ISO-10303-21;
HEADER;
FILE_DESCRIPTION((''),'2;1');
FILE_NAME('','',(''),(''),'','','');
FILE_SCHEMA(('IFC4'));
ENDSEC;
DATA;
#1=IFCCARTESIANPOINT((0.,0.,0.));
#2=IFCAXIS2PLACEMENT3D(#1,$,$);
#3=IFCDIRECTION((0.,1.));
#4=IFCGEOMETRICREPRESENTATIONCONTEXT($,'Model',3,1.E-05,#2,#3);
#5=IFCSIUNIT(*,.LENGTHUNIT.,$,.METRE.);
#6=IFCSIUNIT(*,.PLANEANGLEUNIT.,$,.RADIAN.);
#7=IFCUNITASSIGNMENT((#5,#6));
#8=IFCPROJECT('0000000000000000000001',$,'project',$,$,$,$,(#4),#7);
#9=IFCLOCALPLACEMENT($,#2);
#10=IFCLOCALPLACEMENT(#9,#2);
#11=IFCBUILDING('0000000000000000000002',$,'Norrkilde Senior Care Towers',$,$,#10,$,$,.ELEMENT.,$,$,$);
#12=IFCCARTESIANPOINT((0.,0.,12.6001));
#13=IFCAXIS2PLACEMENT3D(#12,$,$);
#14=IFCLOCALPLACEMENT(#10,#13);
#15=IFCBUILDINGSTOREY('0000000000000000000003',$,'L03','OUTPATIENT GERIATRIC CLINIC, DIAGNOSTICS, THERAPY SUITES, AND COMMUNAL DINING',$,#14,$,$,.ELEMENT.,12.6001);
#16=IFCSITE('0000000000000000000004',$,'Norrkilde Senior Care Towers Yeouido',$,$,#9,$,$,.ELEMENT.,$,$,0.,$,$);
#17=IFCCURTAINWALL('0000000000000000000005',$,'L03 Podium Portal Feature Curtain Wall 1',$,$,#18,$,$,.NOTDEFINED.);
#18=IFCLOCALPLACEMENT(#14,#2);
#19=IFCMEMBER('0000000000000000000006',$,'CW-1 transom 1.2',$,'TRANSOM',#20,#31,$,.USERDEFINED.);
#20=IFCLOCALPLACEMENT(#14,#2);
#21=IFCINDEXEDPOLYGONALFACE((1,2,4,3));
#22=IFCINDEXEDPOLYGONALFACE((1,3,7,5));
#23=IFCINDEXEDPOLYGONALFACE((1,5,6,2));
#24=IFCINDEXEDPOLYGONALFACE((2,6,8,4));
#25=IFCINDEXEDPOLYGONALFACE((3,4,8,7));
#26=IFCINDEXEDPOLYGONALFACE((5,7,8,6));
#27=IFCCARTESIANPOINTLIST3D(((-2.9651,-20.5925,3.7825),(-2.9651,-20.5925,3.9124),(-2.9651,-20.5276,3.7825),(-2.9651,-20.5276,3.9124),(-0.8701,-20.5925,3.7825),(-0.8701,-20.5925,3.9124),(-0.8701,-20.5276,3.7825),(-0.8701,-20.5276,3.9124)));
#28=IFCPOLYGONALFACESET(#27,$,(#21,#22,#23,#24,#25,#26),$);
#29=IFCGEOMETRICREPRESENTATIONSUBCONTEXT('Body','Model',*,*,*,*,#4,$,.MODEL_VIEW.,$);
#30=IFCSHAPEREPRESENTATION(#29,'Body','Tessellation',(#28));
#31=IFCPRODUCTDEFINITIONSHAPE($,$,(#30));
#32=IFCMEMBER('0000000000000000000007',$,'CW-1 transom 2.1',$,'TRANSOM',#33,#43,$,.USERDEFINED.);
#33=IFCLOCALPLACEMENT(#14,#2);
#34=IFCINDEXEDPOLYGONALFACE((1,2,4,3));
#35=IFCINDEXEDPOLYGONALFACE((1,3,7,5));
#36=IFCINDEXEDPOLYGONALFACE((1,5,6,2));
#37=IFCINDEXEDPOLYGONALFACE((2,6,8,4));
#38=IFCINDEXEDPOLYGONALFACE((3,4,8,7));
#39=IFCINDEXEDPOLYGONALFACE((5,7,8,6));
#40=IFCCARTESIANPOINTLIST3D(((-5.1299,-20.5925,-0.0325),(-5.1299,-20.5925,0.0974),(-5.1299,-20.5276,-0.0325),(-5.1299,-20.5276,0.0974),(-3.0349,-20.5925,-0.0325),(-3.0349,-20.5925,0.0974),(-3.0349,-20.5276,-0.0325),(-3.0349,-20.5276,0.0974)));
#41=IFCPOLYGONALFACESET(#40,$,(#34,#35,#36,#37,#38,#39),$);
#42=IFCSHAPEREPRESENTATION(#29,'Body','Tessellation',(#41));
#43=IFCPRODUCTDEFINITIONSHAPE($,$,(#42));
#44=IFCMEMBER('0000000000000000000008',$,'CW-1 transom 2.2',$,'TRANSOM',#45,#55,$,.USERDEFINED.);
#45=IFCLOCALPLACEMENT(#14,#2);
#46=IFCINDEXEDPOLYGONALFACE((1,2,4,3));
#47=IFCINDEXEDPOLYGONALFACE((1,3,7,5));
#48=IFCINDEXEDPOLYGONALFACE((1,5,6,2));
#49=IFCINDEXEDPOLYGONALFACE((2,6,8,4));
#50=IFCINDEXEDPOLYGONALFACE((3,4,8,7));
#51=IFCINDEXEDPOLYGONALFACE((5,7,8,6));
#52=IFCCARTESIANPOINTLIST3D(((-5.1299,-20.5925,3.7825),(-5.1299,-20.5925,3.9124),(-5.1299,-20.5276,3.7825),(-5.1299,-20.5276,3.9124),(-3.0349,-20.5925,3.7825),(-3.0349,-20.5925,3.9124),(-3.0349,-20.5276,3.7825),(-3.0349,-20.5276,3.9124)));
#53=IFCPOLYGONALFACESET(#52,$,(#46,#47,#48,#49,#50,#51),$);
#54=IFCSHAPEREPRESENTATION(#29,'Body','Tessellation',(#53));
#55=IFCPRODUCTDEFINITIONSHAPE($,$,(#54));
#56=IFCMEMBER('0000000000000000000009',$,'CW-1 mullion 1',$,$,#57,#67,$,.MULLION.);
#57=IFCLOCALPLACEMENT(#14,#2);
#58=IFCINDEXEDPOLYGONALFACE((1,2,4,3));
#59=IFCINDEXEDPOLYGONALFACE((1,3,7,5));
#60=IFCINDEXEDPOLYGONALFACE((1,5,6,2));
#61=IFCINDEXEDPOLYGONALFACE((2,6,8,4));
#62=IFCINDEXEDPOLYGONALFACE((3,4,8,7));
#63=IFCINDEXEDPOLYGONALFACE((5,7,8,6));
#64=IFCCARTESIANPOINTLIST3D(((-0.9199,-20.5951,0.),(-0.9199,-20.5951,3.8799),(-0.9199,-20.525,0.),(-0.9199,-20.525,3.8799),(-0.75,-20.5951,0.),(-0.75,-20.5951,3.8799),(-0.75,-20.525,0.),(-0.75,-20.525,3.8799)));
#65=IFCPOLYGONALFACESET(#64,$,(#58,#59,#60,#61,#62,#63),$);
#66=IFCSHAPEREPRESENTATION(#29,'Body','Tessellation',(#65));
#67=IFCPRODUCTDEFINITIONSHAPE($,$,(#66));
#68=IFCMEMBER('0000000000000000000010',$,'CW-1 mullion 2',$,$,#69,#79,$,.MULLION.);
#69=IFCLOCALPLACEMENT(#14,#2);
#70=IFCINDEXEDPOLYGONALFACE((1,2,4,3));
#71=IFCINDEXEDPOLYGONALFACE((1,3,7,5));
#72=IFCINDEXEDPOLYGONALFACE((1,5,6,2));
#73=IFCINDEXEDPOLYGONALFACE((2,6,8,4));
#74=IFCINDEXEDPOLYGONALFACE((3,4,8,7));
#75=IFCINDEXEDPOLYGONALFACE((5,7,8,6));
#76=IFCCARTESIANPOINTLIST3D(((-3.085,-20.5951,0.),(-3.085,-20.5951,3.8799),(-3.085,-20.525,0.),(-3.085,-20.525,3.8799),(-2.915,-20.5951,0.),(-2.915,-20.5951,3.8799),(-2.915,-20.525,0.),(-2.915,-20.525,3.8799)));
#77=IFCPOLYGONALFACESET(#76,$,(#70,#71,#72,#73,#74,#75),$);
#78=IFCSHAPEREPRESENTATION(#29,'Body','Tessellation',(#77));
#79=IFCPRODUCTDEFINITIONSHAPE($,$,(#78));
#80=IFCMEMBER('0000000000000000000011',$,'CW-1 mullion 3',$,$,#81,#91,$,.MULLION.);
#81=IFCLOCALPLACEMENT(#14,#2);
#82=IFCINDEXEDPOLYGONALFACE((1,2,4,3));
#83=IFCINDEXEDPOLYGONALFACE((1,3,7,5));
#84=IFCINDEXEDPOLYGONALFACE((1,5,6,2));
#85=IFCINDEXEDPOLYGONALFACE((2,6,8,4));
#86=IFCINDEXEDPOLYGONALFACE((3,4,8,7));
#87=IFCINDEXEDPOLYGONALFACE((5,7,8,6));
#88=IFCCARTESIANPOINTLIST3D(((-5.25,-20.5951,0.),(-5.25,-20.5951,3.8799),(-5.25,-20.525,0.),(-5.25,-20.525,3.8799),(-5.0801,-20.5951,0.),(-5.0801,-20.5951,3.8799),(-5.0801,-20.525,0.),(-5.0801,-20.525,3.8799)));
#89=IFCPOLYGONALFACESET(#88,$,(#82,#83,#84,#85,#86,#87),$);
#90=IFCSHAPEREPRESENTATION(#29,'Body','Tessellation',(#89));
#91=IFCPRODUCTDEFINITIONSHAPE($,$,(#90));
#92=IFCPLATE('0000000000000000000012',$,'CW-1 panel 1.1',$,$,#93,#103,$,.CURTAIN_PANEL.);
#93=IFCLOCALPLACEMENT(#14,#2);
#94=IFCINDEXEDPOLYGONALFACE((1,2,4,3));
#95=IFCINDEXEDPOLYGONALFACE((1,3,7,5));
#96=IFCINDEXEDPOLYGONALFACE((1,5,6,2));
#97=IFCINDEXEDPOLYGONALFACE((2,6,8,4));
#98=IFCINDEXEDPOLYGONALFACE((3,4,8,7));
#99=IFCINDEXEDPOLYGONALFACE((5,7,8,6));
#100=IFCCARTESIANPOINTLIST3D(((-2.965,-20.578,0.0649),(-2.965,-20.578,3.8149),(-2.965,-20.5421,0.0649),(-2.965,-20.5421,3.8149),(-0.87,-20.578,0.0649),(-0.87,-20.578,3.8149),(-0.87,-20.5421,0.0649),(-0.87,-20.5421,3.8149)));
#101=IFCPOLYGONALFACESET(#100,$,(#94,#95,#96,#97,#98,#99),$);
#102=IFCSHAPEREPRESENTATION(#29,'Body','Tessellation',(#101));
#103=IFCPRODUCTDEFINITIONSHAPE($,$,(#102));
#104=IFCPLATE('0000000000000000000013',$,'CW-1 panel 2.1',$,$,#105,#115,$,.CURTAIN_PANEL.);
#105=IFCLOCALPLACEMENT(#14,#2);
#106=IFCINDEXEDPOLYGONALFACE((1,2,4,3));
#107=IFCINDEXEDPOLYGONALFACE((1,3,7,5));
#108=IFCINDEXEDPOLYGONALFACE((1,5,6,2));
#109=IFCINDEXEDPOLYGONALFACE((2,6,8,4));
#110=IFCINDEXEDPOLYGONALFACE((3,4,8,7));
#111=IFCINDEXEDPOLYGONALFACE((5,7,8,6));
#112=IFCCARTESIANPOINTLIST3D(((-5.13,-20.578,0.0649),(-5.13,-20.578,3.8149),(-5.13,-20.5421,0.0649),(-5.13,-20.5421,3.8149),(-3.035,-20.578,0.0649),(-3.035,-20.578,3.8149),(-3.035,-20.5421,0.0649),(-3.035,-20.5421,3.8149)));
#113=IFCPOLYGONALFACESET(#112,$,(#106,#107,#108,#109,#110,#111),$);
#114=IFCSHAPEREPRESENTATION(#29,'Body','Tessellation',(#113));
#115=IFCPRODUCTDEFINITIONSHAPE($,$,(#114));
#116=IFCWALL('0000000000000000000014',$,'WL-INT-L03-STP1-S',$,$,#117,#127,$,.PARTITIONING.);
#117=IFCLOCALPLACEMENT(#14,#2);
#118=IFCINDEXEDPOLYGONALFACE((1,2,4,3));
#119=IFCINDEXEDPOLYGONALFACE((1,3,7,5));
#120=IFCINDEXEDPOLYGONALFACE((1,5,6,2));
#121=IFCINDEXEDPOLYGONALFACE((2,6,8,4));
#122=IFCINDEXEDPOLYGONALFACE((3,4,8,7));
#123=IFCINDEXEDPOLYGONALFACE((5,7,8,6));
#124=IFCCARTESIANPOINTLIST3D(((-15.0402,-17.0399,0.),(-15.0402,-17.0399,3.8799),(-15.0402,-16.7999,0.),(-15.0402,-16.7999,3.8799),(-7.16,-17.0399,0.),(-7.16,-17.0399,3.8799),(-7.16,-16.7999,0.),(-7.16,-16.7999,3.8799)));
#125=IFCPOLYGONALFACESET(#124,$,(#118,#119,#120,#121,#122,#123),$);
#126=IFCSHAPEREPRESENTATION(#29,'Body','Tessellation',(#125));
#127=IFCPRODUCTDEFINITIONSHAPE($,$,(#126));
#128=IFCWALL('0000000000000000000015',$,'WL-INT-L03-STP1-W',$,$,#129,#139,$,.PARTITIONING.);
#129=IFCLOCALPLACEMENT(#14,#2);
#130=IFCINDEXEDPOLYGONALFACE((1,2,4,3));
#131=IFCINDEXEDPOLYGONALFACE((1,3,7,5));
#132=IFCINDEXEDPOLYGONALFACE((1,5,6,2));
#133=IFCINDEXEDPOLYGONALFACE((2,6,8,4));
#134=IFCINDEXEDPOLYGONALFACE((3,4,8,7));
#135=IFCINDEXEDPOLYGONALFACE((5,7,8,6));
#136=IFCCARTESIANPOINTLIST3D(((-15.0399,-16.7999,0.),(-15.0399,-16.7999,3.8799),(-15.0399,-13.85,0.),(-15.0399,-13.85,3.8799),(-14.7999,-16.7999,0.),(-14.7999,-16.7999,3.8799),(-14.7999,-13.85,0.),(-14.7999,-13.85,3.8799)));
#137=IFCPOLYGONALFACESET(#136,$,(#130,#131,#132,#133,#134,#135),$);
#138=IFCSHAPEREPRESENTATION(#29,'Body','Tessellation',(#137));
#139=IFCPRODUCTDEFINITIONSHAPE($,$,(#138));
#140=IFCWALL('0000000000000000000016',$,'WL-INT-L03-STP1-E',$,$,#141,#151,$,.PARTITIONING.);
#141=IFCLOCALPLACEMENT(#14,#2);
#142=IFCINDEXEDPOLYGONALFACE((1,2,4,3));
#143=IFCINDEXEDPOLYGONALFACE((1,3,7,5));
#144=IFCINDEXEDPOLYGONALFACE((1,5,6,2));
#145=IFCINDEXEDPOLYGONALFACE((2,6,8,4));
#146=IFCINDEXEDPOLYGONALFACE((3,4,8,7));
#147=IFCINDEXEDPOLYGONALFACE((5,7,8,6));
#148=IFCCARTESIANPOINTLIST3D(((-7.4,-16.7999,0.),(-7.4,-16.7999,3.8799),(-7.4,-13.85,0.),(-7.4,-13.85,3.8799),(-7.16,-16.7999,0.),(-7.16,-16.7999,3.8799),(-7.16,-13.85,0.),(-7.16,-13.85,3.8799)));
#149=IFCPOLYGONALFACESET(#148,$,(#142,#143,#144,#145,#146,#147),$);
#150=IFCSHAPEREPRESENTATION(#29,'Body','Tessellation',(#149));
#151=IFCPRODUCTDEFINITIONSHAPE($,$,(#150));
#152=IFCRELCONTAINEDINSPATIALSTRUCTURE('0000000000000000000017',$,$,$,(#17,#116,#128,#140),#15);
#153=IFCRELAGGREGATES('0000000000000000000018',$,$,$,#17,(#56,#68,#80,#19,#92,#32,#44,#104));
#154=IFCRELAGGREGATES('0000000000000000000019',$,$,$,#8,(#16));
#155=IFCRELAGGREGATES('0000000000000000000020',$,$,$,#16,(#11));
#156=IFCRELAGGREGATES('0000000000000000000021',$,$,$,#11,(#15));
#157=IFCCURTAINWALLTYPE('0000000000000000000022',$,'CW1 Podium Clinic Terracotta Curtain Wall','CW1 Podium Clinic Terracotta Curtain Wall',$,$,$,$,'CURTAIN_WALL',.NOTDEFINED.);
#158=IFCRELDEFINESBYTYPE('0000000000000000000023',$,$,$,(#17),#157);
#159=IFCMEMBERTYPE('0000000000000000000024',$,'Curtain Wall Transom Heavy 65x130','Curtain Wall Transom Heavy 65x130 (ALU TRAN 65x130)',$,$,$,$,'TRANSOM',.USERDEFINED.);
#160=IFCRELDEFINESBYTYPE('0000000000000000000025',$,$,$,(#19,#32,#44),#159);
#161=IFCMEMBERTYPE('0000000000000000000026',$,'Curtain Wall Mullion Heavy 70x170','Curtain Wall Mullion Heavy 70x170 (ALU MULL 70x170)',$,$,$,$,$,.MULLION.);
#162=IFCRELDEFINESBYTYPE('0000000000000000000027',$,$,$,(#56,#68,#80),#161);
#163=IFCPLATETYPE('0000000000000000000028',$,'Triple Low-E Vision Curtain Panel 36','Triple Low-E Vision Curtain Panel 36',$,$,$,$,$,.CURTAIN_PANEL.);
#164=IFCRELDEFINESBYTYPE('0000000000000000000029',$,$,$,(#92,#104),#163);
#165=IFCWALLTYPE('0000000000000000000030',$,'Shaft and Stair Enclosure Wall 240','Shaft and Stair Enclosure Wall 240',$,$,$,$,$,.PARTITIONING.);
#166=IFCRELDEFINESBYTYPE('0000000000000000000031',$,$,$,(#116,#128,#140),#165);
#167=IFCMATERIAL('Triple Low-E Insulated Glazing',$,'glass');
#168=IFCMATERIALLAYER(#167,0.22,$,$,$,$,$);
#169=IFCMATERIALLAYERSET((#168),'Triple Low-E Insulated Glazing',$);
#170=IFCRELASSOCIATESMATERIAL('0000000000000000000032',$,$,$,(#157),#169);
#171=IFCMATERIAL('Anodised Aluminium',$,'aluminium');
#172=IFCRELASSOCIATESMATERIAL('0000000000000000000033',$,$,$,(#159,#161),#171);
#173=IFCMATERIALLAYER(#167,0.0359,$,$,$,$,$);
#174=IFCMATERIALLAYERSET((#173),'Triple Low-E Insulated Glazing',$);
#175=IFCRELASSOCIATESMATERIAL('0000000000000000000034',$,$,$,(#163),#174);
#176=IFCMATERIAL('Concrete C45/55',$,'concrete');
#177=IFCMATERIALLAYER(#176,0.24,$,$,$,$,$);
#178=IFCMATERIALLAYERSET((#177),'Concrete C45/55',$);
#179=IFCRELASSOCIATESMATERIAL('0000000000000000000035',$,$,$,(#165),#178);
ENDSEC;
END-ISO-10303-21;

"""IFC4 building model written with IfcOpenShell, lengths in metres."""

from ifc_helpers import new_model, si_unit, direction, frame, frame_2d, origin, origin_2d, place, context, subcontext, project, spatial, rectangle, extrude, source, transform, mapped, material, layer, layer_set, material_profile, profile_set, type_object, type_shapes, element, aggregate, save


model = new_model("IFC4")

# Units and contexts
model_context = context("Model", 3, precision=1e-05, world=origin(), true_north=direction((0.0, 1.0)))
body_context = subcontext(model_context, "Body", "Model", "MODEL_VIEW")
ifc_project = project(units=[si_unit("LENGTHUNIT", "METRE"), si_unit("PLANEANGLEUNIT", "RADIAN")], contexts=[model_context])

# Site, building, storey
site_placement = place(None, origin())
site = spatial("IfcSite", under=ifc_project, at=site_placement, Name="Norrkilde Senior Care Towers Yeouido", CompositionType="ELEMENT", RefElevation=0.0)
building_placement = place(site_placement, origin())
building = spatial("IfcBuilding", under=site, at=building_placement, Name="Norrkilde Senior Care Towers", CompositionType="ELEMENT")
storey_placement = place(building_placement, frame((0.0, 0.0, 12.6001)))
storey = spatial("IfcBuildingStorey", under=building, at=storey_placement, Name="L03", Description="OUTPATIENT GERIATRIC CLINIC, DIAGNOSTICS, THERAPY SUITES, AND COMMUNAL DINING", CompositionType="ELEMENT", Elevation=12.6001)

# Curtain wall, members, plates
ifc_material_1 = material(Name="Triple Low-E Insulated Glazing", Category="glass")
ifc_layer_1 = layer(ifc_material_1, 0.22)
ifc_layer_set_1 = layer_set([ifc_layer_1], Name="Triple Low-E Insulated Glazing")
curtain_wall_type = type_object("IfcCurtainWallType", Name="CW1 Podium Clinic Terracotta Curtain Wall", Description="CW1 Podium Clinic Terracotta Curtain Wall", ElementType="CURTAIN_WALL", PredefinedType="NOTDEFINED", material=ifc_layer_set_1)
curtain_wall_placement = place(storey_placement, origin())
curtain_wall = element("IfcCurtainWall", 1, at=curtain_wall_placement, inside=storey, type_object=curtain_wall_type, Name="L03 Podium Portal Feature Curtain Wall 1", PredefinedType="NOTDEFINED")
ifc_material_2 = material(Name="Anodised Aluminium", Category="aluminium")
ifc_material_profile_1 = material_profile(ifc_material_2, rectangle(XDim=0.0649, YDim=0.1299, at=origin_2d()), Name="ALU TRAN 65x130")
ifc_profile_set_1 = profile_set([ifc_material_profile_1], Name="Anodised Aluminium")
member_type_1 = type_object("IfcMemberType", Name="Curtain Wall Transom Heavy 65x130", Description="Curtain Wall Transom Heavy 65x130 (ALU TRAN 65x130)", ElementType="TRANSOM", PredefinedType="USERDEFINED", material=ifc_profile_set_1)
shared_shape_1 = source(origin(), body_context, "Body", "SweptSolid", [
    extrude(rectangle(XDim=0.0649, YDim=0.1299, at=origin_2d()), origin(), (0.0, 0.0, 1.0), 2.095),
])
type_shapes(member_type_1, [shared_shape_1])
member_1_placement = place(storey_placement, frame((-0.8701, -20.5601, 3.8474), z_axis=(-1.0, 0.0, 0.0), x_axis=(0.0, -1.0, 0.0)))
member_1 = element("IfcMember", 2, at=member_1_placement, type_object=member_type_1, Name="CW-1 transom 1.2", ObjectType="TRANSOM", PredefinedType="USERDEFINED", context=body_context, shape_type="MappedRepresentation", body=[
    mapped(shared_shape_1, transform((0.0, 0.0, 0.0), x_axis=(1.0, 0.0, 0.0), y_axis=(0.0, 1.0, 0.0), z_axis=(0.0, 0.0, 1.0), scale=1.0)),
])
member_2_placement = place(storey_placement, frame((-3.0349, -20.5601, 0.0325), z_axis=(-1.0, 0.0, 0.0), x_axis=(0.0, -1.0, 0.0)))
member_2 = element("IfcMember", 3, at=member_2_placement, type_object=member_type_1, Name="CW-1 transom 2.1", ObjectType="TRANSOM", PredefinedType="USERDEFINED", context=body_context, shape_type="MappedRepresentation", body=[
    mapped(shared_shape_1, transform((0.0, 0.0, 0.0), x_axis=(1.0, 0.0, 0.0), y_axis=(0.0, 1.0, 0.0), z_axis=(0.0, 0.0, 1.0), scale=1.0)),
])
member_3_placement = place(storey_placement, frame((-3.0349, -20.5601, 3.8474), z_axis=(-1.0, 0.0, 0.0), x_axis=(0.0, -1.0, 0.0)))
member_3 = element("IfcMember", 4, at=member_3_placement, type_object=member_type_1, Name="CW-1 transom 2.2", ObjectType="TRANSOM", PredefinedType="USERDEFINED", context=body_context, shape_type="MappedRepresentation", body=[
    mapped(shared_shape_1, transform((0.0, 0.0, 0.0), x_axis=(1.0, 0.0, 0.0), y_axis=(0.0, 1.0, 0.0), z_axis=(0.0, 0.0, 1.0), scale=1.0)),
])
ifc_material_profile_2 = material_profile(ifc_material_2, rectangle(XDim=0.0701, YDim=0.1699, at=origin_2d()), Name="ALU MULL 70x170")
ifc_profile_set_2 = profile_set([ifc_material_profile_2], Name="Anodised Aluminium")
member_type_2 = type_object("IfcMemberType", Name="Curtain Wall Mullion Heavy 70x170", Description="Curtain Wall Mullion Heavy 70x170 (ALU MULL 70x170)", PredefinedType="MULLION", material=ifc_profile_set_2)
shared_shape_2 = source(origin(), body_context, "Body", "SweptSolid", [
    extrude(rectangle(XDim=0.0701, YDim=0.1699, at=origin_2d()), origin(), (0.0, 0.0, 1.0), 3.8799),
])
type_shapes(member_type_2, [shared_shape_2])
member_4_placement = place(storey_placement, frame((-0.835, -20.5601, 0.0), z_axis=(0.0, 0.0, 1.0), x_axis=(0.0, -1.0, 0.0)))
member_4 = element("IfcMember", 5, at=member_4_placement, type_object=member_type_2, Name="CW-1 mullion 1", PredefinedType="MULLION", context=body_context, shape_type="MappedRepresentation", body=[
    mapped(shared_shape_2, transform((0.0, 0.0, 0.0), x_axis=(1.0, 0.0, 0.0), y_axis=(0.0, 1.0, 0.0), z_axis=(0.0, 0.0, 1.0), scale=1.0)),
])
member_5_placement = place(storey_placement, frame((-3.0, -20.5601, 0.0), z_axis=(0.0, 0.0, 1.0), x_axis=(0.0, -1.0, 0.0)))
member_5 = element("IfcMember", 6, at=member_5_placement, type_object=member_type_2, Name="CW-1 mullion 2", PredefinedType="MULLION", context=body_context, shape_type="MappedRepresentation", body=[
    mapped(shared_shape_2, transform((0.0, 0.0, 0.0), x_axis=(1.0, 0.0, 0.0), y_axis=(0.0, 1.0, 0.0), z_axis=(0.0, 0.0, 1.0), scale=1.0)),
])
member_6_placement = place(storey_placement, frame((-5.165, -20.5601, 0.0), z_axis=(0.0, 0.0, 1.0), x_axis=(0.0, -1.0, 0.0)))
member_6 = element("IfcMember", 7, at=member_6_placement, type_object=member_type_2, Name="CW-1 mullion 3", PredefinedType="MULLION", context=body_context, shape_type="MappedRepresentation", body=[
    mapped(shared_shape_2, transform((0.0, 0.0, 0.0), x_axis=(1.0, 0.0, 0.0), y_axis=(0.0, 1.0, 0.0), z_axis=(0.0, 0.0, 1.0), scale=1.0)),
])
ifc_layer_2 = layer(ifc_material_1, 0.0359)
ifc_layer_set_2 = layer_set([ifc_layer_2], Name="Triple Low-E Insulated Glazing")
plate_type = type_object("IfcPlateType", Name="Triple Low-E Vision Curtain Panel 36", Description="Triple Low-E Vision Curtain Panel 36", PredefinedType="CURTAIN_PANEL", material=ifc_layer_set_2)
shared_shape_3 = source(origin(), body_context, "Body", "SweptSolid", [
    extrude(rectangle(XDim=2.095, YDim=0.0359, at=origin_2d()), origin(), (0.0, 0.0, 1.0), 3.75),
])
type_shapes(plate_type, [shared_shape_3])
plate_1_placement = place(storey_placement, frame((-1.9175, -20.5601, 0.0649), z_axis=(0.0, 0.0, 1.0), x_axis=(-1.0, 0.0, 0.0)))
plate_1 = element("IfcPlate", 8, at=plate_1_placement, type_object=plate_type, Name="CW-1 panel 1.1", PredefinedType="CURTAIN_PANEL", context=body_context, shape_type="MappedRepresentation", body=[
    mapped(shared_shape_3, transform((0.0, 0.0, 0.0), x_axis=(1.0, 0.0, 0.0), y_axis=(0.0, 1.0, 0.0), z_axis=(0.0, 0.0, 1.0), scale=1.0)),
])
plate_2_placement = place(storey_placement, frame((-4.0825, -20.5601, 0.0649), z_axis=(0.0, 0.0, 1.0), x_axis=(-1.0, 0.0, 0.0)))
plate_2 = element("IfcPlate", 9, at=plate_2_placement, type_object=plate_type, Name="CW-1 panel 2.1", PredefinedType="CURTAIN_PANEL", context=body_context, shape_type="MappedRepresentation", body=[
    mapped(shared_shape_3, transform((0.0, 0.0, 0.0), x_axis=(1.0, 0.0, 0.0), y_axis=(0.0, 1.0, 0.0), z_axis=(0.0, 0.0, 1.0), scale=1.0)),
])
aggregate(curtain_wall, [member_4, member_5, member_6, member_1, plate_1, member_2, member_3, plate_2])

# Walls
ifc_material_3 = material(Name="Concrete C45/55", Category="concrete")
ifc_layer_3 = layer(ifc_material_3, 0.24)
ifc_layer_set_3 = layer_set([ifc_layer_3], Name="Concrete C45/55")
wall_type = type_object("IfcWallType", Name="Shaft and Stair Enclosure Wall 240", Description="Shaft and Stair Enclosure Wall 240", PredefinedType="PARTITIONING", material=ifc_layer_set_3)
shared_shape_4 = source(origin(), body_context, "Body", "SweptSolid", [
    extrude(rectangle(XDim=7.8801, YDim=0.24, at=frame_2d((3.9399, 0.0))), origin(), (0.0, 0.0, 1.0), 3.8799),
])
wall_placement = place(storey_placement, frame((-15.04, -16.9199, 0.0), z_axis=(0.0, 0.0, 1.0), x_axis=(1.0, 0.0, 0.0)))
element("IfcWall", 10, at=wall_placement, inside=storey, type_object=wall_type, Name="WL-INT-L03-STP1-S", PredefinedType="PARTITIONING", context=body_context, shape_type="MappedRepresentation", body=[
    mapped(shared_shape_4, transform((0.0, 0.0, 0.0), x_axis=(1.0, 0.0, 0.0), y_axis=(0.0, 1.0, 0.0), z_axis=(0.0, 0.0, 1.0), scale=1.0)),
])
shared_shape_5 = source(origin(), body_context, "Body", "SweptSolid", [
    extrude(rectangle(XDim=2.95, YDim=0.24, at=frame_2d((1.4751, 0.0))), origin(), (0.0, 0.0, 1.0), 3.8799),
])
type_shapes(wall_type, [shared_shape_4, shared_shape_5])
for number, where, z_axis, x_axis, name in (
    (11, (-14.9199, -16.8, 0.0), (0.0, 0.0, 1.0), (0.0, 1.0, 0.0), "WL-INT-L03-STP1-W"),
    (12, (-7.28, -16.8, 0.0), (0.0, 0.0, 1.0), (0.0, 1.0, 0.0), "WL-INT-L03-STP1-E"),
):
    element("IfcWall", number, at=place(storey_placement, frame(where, z_axis=z_axis, x_axis=x_axis)), inside=storey, type_object=wall_type, Name=name, PredefinedType="PARTITIONING", context=body_context, shape_type="MappedRepresentation", body=[
        mapped(shared_shape_5, transform((0.0, 0.0, 0.0), x_axis=(1.0, 0.0, 0.0), y_axis=(0.0, 1.0, 0.0), z_axis=(0.0, 0.0, 1.0), scale=1.0)),
    ])

save(model, "model.ifc")
